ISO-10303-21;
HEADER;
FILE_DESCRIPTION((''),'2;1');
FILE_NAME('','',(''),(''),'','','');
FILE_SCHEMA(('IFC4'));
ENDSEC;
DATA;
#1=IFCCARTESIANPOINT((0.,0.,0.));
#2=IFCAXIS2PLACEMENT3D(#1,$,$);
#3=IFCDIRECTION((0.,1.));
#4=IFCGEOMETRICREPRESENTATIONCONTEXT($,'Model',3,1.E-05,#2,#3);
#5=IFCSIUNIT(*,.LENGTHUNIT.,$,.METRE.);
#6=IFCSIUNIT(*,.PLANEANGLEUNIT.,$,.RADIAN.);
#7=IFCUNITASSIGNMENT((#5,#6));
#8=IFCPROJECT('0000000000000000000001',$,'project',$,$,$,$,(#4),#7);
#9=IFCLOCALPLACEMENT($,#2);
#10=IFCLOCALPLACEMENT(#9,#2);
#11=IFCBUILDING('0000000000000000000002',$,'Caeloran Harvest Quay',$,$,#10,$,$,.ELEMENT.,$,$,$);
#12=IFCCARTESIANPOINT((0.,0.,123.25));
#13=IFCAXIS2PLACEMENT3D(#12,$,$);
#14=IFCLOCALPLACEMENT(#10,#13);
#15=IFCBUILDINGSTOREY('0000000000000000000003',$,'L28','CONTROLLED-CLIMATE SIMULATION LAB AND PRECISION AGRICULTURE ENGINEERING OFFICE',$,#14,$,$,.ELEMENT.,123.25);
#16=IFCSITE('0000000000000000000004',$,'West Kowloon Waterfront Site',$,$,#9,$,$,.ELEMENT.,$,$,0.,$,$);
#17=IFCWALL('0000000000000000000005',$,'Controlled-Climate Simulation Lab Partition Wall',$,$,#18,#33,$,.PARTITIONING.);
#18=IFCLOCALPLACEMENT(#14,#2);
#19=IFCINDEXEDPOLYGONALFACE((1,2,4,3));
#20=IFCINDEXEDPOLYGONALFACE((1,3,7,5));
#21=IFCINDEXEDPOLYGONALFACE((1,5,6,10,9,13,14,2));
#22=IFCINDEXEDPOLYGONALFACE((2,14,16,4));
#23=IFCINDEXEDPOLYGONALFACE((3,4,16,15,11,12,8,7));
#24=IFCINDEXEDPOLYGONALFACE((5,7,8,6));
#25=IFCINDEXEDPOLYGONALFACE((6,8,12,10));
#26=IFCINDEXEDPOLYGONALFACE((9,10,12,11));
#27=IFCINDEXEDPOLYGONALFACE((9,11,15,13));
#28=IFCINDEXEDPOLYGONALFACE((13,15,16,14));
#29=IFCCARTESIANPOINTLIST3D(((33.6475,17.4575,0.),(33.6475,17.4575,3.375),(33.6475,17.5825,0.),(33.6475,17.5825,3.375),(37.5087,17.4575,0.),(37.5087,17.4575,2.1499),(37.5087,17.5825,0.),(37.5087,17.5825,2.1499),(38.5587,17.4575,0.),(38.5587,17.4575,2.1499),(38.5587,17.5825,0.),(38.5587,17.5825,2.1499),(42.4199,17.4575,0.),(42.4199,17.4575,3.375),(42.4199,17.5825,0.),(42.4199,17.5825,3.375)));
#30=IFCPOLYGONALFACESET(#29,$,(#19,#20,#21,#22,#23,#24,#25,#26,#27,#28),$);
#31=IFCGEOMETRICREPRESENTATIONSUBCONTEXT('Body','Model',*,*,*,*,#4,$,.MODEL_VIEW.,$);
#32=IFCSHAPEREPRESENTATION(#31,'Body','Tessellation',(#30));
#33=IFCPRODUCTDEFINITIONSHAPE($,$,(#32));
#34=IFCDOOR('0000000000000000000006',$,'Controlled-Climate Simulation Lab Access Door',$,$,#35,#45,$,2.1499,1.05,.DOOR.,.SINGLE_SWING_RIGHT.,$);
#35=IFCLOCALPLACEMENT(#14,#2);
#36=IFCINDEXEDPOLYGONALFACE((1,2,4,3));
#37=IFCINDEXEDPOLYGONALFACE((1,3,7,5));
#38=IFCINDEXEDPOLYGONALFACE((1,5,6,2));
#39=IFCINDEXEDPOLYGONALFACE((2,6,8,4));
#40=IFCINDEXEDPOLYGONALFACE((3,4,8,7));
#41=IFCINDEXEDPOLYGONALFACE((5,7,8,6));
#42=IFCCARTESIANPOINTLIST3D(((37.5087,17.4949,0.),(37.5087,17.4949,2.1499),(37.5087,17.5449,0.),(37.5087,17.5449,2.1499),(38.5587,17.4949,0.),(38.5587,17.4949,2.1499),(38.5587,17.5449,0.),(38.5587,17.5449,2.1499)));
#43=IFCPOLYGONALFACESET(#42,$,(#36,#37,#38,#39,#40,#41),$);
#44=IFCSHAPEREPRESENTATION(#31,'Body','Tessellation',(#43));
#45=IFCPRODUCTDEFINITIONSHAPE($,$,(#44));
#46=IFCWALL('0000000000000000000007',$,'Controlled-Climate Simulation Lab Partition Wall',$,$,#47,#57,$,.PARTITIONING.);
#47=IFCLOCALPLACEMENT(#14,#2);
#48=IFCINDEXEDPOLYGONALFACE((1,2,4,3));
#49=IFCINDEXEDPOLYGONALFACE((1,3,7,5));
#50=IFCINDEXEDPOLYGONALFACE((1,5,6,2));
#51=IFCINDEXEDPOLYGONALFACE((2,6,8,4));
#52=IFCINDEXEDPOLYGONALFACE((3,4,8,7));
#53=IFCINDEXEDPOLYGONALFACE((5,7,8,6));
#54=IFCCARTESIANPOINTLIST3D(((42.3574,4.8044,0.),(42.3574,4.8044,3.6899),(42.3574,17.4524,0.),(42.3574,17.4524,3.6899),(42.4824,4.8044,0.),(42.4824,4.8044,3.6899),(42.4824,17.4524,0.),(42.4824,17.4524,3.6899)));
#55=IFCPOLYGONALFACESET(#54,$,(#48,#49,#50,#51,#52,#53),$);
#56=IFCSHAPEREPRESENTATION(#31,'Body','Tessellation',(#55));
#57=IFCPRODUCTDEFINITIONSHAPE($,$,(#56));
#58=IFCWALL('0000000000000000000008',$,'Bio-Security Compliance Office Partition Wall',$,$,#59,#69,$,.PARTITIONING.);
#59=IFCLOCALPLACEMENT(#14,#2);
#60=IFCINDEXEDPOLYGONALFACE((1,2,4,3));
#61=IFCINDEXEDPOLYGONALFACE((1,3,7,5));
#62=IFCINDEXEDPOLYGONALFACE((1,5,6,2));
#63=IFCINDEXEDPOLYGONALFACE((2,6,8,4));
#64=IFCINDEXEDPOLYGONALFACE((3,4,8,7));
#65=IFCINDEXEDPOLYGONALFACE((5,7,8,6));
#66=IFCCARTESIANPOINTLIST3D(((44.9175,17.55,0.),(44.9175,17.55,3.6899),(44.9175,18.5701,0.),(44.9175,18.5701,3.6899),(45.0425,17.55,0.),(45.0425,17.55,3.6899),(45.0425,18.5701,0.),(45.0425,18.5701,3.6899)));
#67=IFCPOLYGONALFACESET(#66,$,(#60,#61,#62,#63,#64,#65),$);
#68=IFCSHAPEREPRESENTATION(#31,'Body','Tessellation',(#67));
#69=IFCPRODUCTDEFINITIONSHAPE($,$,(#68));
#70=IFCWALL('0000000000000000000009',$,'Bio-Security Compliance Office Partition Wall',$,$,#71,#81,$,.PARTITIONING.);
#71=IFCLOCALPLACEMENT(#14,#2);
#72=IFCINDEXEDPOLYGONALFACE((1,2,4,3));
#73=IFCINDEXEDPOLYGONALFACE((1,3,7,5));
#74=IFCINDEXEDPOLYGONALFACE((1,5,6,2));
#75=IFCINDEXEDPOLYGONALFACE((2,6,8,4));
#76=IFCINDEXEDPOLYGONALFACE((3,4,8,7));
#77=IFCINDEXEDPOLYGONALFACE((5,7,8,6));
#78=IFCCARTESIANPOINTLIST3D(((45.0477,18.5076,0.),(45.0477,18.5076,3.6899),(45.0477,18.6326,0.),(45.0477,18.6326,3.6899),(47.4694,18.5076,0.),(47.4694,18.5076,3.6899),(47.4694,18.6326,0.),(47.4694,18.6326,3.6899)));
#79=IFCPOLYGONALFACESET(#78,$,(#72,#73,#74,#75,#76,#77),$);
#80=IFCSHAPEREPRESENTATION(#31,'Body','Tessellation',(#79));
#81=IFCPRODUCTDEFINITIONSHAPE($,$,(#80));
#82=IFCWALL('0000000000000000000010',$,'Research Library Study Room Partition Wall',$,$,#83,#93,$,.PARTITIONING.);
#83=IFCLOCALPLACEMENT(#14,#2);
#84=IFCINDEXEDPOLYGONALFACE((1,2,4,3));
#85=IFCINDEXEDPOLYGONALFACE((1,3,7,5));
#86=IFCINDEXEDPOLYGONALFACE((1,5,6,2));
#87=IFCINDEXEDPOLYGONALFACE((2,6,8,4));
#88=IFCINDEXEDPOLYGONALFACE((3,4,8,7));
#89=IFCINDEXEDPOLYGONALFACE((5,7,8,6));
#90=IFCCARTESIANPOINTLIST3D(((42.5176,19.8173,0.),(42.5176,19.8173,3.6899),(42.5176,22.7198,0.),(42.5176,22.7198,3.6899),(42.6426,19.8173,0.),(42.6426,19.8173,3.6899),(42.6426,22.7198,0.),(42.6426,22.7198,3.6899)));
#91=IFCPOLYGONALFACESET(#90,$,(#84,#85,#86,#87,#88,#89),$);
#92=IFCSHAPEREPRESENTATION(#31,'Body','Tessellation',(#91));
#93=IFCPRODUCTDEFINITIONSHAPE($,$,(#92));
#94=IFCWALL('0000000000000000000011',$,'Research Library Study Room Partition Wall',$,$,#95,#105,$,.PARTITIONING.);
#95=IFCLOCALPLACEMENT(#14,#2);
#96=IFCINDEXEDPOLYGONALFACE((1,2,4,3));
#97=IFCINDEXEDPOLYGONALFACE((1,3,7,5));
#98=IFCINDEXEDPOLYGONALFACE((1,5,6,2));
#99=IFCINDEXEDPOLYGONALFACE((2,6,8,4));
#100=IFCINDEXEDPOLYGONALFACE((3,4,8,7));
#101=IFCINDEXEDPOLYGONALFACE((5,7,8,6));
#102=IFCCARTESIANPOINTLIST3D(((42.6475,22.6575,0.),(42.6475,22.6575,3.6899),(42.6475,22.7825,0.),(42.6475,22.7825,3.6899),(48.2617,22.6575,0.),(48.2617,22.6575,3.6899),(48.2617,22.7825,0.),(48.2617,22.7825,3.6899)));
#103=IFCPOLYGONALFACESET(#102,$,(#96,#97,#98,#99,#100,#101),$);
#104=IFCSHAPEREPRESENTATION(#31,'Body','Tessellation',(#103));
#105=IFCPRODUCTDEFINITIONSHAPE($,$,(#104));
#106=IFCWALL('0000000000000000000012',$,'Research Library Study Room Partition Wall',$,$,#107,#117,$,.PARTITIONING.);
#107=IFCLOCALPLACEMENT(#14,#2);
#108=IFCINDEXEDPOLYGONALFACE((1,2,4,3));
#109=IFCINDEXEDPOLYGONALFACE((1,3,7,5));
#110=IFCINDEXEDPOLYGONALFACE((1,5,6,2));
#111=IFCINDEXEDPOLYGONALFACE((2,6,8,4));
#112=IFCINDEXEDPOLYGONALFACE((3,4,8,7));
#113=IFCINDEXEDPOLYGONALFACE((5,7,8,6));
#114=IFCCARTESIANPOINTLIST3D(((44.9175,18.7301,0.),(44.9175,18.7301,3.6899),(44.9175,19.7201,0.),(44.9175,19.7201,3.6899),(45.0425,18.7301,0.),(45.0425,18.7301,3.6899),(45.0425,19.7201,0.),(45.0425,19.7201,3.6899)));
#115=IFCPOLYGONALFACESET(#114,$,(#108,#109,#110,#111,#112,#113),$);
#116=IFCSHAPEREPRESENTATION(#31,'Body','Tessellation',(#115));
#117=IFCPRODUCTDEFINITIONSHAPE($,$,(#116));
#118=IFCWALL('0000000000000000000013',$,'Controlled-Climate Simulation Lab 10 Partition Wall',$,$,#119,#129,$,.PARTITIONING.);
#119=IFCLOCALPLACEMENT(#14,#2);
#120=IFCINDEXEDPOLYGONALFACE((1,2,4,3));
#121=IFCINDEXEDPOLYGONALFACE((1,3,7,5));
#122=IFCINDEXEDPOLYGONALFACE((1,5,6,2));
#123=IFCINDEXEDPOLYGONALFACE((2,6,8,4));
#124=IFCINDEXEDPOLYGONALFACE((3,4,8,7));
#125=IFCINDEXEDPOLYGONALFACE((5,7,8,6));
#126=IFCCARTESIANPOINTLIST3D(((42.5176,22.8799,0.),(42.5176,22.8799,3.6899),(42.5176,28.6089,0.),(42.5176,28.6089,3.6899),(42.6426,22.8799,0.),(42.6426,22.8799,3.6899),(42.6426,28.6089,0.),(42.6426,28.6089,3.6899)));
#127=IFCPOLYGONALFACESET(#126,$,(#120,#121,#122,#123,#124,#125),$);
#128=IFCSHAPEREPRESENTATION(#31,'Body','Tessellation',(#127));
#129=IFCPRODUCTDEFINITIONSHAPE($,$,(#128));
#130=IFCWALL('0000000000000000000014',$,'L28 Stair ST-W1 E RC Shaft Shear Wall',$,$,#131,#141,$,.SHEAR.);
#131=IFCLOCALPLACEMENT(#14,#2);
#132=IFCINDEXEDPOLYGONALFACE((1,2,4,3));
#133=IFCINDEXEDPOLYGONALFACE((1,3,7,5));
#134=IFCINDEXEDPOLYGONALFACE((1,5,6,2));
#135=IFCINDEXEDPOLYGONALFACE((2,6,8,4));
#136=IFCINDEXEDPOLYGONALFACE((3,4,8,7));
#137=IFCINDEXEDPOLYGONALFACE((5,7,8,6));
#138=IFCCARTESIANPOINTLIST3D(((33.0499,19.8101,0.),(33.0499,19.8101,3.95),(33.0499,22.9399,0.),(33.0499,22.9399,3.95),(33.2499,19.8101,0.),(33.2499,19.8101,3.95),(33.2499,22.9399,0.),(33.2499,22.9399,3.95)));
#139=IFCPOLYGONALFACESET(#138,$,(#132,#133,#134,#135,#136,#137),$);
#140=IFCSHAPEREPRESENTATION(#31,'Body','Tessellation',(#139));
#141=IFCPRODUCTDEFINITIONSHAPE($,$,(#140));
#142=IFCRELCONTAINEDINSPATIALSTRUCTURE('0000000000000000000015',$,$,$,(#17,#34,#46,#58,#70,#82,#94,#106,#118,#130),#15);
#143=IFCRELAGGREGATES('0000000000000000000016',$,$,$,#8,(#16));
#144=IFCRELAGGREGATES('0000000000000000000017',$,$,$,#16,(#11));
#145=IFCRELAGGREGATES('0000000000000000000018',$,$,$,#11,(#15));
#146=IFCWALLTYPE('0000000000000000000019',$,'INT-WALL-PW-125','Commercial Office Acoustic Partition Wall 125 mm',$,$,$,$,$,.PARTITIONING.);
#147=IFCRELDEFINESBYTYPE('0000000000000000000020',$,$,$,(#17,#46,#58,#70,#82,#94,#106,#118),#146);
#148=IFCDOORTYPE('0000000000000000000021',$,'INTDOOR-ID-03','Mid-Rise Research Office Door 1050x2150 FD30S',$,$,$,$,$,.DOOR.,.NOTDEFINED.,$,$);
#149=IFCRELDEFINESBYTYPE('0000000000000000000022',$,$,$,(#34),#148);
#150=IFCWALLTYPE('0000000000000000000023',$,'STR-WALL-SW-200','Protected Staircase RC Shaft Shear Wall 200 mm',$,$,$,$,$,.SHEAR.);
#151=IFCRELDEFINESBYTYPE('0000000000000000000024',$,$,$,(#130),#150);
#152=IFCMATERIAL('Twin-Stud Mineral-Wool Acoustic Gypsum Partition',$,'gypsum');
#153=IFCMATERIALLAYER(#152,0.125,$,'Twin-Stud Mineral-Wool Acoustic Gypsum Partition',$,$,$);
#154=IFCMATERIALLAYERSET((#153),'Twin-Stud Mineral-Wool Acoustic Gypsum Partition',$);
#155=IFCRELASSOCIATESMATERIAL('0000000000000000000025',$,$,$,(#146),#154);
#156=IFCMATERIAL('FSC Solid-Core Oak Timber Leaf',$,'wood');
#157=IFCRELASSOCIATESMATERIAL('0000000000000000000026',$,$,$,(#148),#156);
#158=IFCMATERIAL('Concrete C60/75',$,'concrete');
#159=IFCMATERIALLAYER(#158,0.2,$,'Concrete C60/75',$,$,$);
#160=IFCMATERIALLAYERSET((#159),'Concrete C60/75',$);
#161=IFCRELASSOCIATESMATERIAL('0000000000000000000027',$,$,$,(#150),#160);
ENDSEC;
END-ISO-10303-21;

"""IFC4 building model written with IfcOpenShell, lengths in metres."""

from ifc_helpers import new_model, si_unit, direction, frame, frame_2d, origin, place, context, subcontext, project, spatial, rectangle, extrude, material, layer, layer_set, type_object, element, fill, save


model = new_model("IFC4")

# Units and contexts
model_context = context("Model", 3, precision=1e-05, world=origin(), true_north=direction((0.0, 1.0)))
body_context = subcontext(model_context, "Body", "Model", "MODEL_VIEW")
ifc_project = project(units=[si_unit("LENGTHUNIT", "METRE"), si_unit("PLANEANGLEUNIT", "RADIAN")], contexts=[model_context])

# Site, building, storey
site_placement = place(None, origin())
site = spatial("IfcSite", under=ifc_project, at=site_placement, Name="West Kowloon Waterfront Site", CompositionType="ELEMENT", RefElevation=0.0)
building_placement = place(site_placement, origin())
building = spatial("IfcBuilding", under=site, at=building_placement, Name="Caeloran Harvest Quay", CompositionType="ELEMENT")
storey_placement = place(building_placement, frame((0.0, 0.0, 123.25)))
storey = spatial("IfcBuildingStorey", under=building, at=storey_placement, Name="L28", Description="CONTROLLED-CLIMATE SIMULATION LAB AND PRECISION AGRICULTURE ENGINEERING OFFICE", CompositionType="ELEMENT", Elevation=123.25)

# Wall, opening, door
ifc_material_1 = material(Name="Twin-Stud Mineral-Wool Acoustic Gypsum Partition", Category="gypsum")
ifc_layer_1 = layer(ifc_material_1, 0.125, Name="Twin-Stud Mineral-Wool Acoustic Gypsum Partition")
ifc_layer_set_1 = layer_set([ifc_layer_1], Name="Twin-Stud Mineral-Wool Acoustic Gypsum Partition")
wall_type_1 = type_object("IfcWallType", Name="INT-WALL-PW-125", Description="Commercial Office Acoustic Partition Wall 125 mm", PredefinedType="PARTITIONING", material=ifc_layer_set_1)
wall_1_placement = place(storey_placement, frame((33.6475, 17.52, 0.0), z_axis=(0.0, 0.0, 1.0), x_axis=(1.0, 0.0, 0.0)))
wall_1 = element("IfcWall", 1, at=wall_1_placement, inside=storey, type_object=wall_type_1, Name="Controlled-Climate Simulation Lab Partition Wall", PredefinedType="PARTITIONING", context=body_context, shape_type="SweptSolid", body=[
    extrude(rectangle(XDim=8.7725, YDim=0.125, at=frame_2d((4.3862, 0.0))), origin(), (0.0, 0.0, 1.0), 3.375),
])
opening_1_placement = place(wall_1_placement, frame((3.8613, 0.0, 0.0)))
opening_1 = element("IfcOpeningElement", 2, at=opening_1_placement, cuts=wall_1, PredefinedType="OPENING", context=body_context, shape_type="SweptSolid", body=[
    extrude(rectangle(XDim=1.05, YDim=2.1499, at=frame_2d((0.5249, 1.075))), frame((0.0, 0.0725, 0.0), z_axis=(0.0, -1.0, 0.0), x_axis=(1.0, 0.0, 0.0)), (0.0, 0.0, 1.0), 0.145),
])
ifc_material_2 = material(Name="FSC Solid-Core Oak Timber Leaf", Category="wood")
door_type = type_object("IfcDoorType", Name="INTDOOR-ID-03", Description="Mid-Rise Research Office Door 1050x2150 FD30S", OperationType="NOTDEFINED", PredefinedType="DOOR", material=ifc_material_2)
door_1_placement = place(opening_1_placement, origin())
door_1 = element("IfcDoor", 3, at=door_1_placement, inside=storey, type_object=door_type, Name="Controlled-Climate Simulation Lab Access Door", OperationType="SINGLE_SWING_RIGHT", OverallHeight=2.1499, OverallWidth=1.05, PredefinedType="DOOR", context=body_context, shape_type="SweptSolid", body=[
    extrude(rectangle(XDim=1.05, YDim=2.1499, at=frame_2d((0.5249, 1.075))), frame((0.0, 0.0249, 0.0), z_axis=(0.0, -1.0, 0.0), x_axis=(1.0, 0.0, 0.0)), (0.0, 0.0, 1.0), 0.05),
])
fill(opening_1, door_1)

# Walls
wall_2_placement = place(storey_placement, frame((42.4199, 17.4524, 0.0), z_axis=(0.0, 0.0, 1.0), x_axis=(0.0, -1.0, 0.0)))
element("IfcWall", 4, at=wall_2_placement, inside=storey, type_object=wall_type_1, Name="Controlled-Climate Simulation Lab Partition Wall", PredefinedType="PARTITIONING", context=body_context, shape_type="SweptSolid", body=[
    extrude(rectangle(XDim=12.6479, YDim=0.125, at=frame_2d((6.324, 0.0))), origin(), (0.0, 0.0, 1.0), 3.6899),
])
wall_3_placement = place(storey_placement, frame((44.98, 17.55, 0.0), z_axis=(0.0, 0.0, 1.0), x_axis=(0.0, 1.0, 0.0)))
element("IfcWall", 5, at=wall_3_placement, inside=storey, type_object=wall_type_1, Name="Bio-Security Compliance Office Partition Wall", PredefinedType="PARTITIONING", context=body_context, shape_type="SweptSolid", body=[
    extrude(rectangle(XDim=1.02, YDim=0.125, at=frame_2d((0.51, 0.0))), origin(), (0.0, 0.0, 1.0), 3.6899),
])
wall_4_placement = place(storey_placement, frame((45.0476, 18.5701, 0.0), z_axis=(0.0, 0.0, 1.0), x_axis=(1.0, 0.0, 0.0)))
element("IfcWall", 6, at=wall_4_placement, inside=storey, type_object=wall_type_1, Name="Bio-Security Compliance Office Partition Wall", PredefinedType="PARTITIONING", context=body_context, shape_type="SweptSolid", body=[
    extrude(rectangle(XDim=2.4216, YDim=0.125, at=frame_2d((1.2109, 0.0))), origin(), (0.0, 0.0, 1.0), 3.6899),
])

# Walls
wall_5_placement = place(storey_placement, frame((42.5801, 19.8174, 0.0), z_axis=(0.0, 0.0, 1.0), x_axis=(0.0, 1.0, 0.0)))
element("IfcWall", 7, at=wall_5_placement, inside=storey, type_object=wall_type_1, Name="Research Library Study Room Partition Wall", PredefinedType="PARTITIONING", context=body_context, shape_type="SweptSolid", body=[
    extrude(rectangle(XDim=2.9026, YDim=0.125, at=frame_2d((1.4512, 0.0))), origin(), (0.0, 0.0, 1.0), 3.6899),
])
wall_6_placement = place(storey_placement, frame((42.6475, 22.72, 0.0), z_axis=(0.0, 0.0, 1.0), x_axis=(1.0, 0.0, 0.0)))
element("IfcWall", 8, at=wall_6_placement, inside=storey, type_object=wall_type_1, Name="Research Library Study Room Partition Wall", PredefinedType="PARTITIONING", context=body_context, shape_type="SweptSolid", body=[
    extrude(rectangle(XDim=5.6143, YDim=0.125, at=frame_2d((2.8071, 0.0))), origin(), (0.0, 0.0, 1.0), 3.6899),
])
wall_7_placement = place(storey_placement, frame((44.98, 18.73, 0.0), z_axis=(0.0, 0.0, 1.0), x_axis=(0.0, 1.0, 0.0)))
element("IfcWall", 9, at=wall_7_placement, inside=storey, type_object=wall_type_1, Name="Research Library Study Room Partition Wall", PredefinedType="PARTITIONING", context=body_context, shape_type="SweptSolid", body=[
    extrude(rectangle(XDim=0.99, YDim=0.125, at=frame_2d((0.4951, 0.0))), origin(), (0.0, 0.0, 1.0), 3.6899),
])
wall_8_placement = place(storey_placement, frame((42.5801, 22.8799, 0.0), z_axis=(0.0, 0.0, 1.0), x_axis=(0.0, 1.0, 0.0)))
element("IfcWall", 10, at=wall_8_placement, inside=storey, type_object=wall_type_1, Name="Controlled-Climate Simulation Lab 10 Partition Wall", PredefinedType="PARTITIONING", context=body_context, shape_type="SweptSolid", body=[
    extrude(rectangle(XDim=5.729, YDim=0.125, at=frame_2d((2.8645, 0.0))), origin(), (0.0, 0.0, 1.0), 3.6899),
])
ifc_material_3 = material(Name="Concrete C60/75", Category="concrete")
ifc_layer_2 = layer(ifc_material_3, 0.2, Name="Concrete C60/75")
ifc_layer_set_2 = layer_set([ifc_layer_2], Name="Concrete C60/75")
wall_type_2 = type_object("IfcWallType", Name="STR-WALL-SW-200", Description="Protected Staircase RC Shaft Shear Wall 200 mm", PredefinedType="SHEAR", material=ifc_layer_set_2)
wall_9_placement = place(storey_placement, frame((33.1499, 19.8101, 0.0), z_axis=(0.0, 0.0, 1.0), x_axis=(0.0, 1.0, 0.0)))
element("IfcWall", 11, at=wall_9_placement, inside=storey, type_object=wall_type_2, Name="L28 Stair ST-W1 E RC Shaft Shear Wall", PredefinedType="SHEAR", context=body_context, shape_type="SweptSolid", body=[
    extrude(rectangle(XDim=3.1299, YDim=0.2, at=frame_2d((1.5649, 0.0))), origin(), (0.0, 0.0, 1.0), 3.95),
])

save(model, "model.ifc")
